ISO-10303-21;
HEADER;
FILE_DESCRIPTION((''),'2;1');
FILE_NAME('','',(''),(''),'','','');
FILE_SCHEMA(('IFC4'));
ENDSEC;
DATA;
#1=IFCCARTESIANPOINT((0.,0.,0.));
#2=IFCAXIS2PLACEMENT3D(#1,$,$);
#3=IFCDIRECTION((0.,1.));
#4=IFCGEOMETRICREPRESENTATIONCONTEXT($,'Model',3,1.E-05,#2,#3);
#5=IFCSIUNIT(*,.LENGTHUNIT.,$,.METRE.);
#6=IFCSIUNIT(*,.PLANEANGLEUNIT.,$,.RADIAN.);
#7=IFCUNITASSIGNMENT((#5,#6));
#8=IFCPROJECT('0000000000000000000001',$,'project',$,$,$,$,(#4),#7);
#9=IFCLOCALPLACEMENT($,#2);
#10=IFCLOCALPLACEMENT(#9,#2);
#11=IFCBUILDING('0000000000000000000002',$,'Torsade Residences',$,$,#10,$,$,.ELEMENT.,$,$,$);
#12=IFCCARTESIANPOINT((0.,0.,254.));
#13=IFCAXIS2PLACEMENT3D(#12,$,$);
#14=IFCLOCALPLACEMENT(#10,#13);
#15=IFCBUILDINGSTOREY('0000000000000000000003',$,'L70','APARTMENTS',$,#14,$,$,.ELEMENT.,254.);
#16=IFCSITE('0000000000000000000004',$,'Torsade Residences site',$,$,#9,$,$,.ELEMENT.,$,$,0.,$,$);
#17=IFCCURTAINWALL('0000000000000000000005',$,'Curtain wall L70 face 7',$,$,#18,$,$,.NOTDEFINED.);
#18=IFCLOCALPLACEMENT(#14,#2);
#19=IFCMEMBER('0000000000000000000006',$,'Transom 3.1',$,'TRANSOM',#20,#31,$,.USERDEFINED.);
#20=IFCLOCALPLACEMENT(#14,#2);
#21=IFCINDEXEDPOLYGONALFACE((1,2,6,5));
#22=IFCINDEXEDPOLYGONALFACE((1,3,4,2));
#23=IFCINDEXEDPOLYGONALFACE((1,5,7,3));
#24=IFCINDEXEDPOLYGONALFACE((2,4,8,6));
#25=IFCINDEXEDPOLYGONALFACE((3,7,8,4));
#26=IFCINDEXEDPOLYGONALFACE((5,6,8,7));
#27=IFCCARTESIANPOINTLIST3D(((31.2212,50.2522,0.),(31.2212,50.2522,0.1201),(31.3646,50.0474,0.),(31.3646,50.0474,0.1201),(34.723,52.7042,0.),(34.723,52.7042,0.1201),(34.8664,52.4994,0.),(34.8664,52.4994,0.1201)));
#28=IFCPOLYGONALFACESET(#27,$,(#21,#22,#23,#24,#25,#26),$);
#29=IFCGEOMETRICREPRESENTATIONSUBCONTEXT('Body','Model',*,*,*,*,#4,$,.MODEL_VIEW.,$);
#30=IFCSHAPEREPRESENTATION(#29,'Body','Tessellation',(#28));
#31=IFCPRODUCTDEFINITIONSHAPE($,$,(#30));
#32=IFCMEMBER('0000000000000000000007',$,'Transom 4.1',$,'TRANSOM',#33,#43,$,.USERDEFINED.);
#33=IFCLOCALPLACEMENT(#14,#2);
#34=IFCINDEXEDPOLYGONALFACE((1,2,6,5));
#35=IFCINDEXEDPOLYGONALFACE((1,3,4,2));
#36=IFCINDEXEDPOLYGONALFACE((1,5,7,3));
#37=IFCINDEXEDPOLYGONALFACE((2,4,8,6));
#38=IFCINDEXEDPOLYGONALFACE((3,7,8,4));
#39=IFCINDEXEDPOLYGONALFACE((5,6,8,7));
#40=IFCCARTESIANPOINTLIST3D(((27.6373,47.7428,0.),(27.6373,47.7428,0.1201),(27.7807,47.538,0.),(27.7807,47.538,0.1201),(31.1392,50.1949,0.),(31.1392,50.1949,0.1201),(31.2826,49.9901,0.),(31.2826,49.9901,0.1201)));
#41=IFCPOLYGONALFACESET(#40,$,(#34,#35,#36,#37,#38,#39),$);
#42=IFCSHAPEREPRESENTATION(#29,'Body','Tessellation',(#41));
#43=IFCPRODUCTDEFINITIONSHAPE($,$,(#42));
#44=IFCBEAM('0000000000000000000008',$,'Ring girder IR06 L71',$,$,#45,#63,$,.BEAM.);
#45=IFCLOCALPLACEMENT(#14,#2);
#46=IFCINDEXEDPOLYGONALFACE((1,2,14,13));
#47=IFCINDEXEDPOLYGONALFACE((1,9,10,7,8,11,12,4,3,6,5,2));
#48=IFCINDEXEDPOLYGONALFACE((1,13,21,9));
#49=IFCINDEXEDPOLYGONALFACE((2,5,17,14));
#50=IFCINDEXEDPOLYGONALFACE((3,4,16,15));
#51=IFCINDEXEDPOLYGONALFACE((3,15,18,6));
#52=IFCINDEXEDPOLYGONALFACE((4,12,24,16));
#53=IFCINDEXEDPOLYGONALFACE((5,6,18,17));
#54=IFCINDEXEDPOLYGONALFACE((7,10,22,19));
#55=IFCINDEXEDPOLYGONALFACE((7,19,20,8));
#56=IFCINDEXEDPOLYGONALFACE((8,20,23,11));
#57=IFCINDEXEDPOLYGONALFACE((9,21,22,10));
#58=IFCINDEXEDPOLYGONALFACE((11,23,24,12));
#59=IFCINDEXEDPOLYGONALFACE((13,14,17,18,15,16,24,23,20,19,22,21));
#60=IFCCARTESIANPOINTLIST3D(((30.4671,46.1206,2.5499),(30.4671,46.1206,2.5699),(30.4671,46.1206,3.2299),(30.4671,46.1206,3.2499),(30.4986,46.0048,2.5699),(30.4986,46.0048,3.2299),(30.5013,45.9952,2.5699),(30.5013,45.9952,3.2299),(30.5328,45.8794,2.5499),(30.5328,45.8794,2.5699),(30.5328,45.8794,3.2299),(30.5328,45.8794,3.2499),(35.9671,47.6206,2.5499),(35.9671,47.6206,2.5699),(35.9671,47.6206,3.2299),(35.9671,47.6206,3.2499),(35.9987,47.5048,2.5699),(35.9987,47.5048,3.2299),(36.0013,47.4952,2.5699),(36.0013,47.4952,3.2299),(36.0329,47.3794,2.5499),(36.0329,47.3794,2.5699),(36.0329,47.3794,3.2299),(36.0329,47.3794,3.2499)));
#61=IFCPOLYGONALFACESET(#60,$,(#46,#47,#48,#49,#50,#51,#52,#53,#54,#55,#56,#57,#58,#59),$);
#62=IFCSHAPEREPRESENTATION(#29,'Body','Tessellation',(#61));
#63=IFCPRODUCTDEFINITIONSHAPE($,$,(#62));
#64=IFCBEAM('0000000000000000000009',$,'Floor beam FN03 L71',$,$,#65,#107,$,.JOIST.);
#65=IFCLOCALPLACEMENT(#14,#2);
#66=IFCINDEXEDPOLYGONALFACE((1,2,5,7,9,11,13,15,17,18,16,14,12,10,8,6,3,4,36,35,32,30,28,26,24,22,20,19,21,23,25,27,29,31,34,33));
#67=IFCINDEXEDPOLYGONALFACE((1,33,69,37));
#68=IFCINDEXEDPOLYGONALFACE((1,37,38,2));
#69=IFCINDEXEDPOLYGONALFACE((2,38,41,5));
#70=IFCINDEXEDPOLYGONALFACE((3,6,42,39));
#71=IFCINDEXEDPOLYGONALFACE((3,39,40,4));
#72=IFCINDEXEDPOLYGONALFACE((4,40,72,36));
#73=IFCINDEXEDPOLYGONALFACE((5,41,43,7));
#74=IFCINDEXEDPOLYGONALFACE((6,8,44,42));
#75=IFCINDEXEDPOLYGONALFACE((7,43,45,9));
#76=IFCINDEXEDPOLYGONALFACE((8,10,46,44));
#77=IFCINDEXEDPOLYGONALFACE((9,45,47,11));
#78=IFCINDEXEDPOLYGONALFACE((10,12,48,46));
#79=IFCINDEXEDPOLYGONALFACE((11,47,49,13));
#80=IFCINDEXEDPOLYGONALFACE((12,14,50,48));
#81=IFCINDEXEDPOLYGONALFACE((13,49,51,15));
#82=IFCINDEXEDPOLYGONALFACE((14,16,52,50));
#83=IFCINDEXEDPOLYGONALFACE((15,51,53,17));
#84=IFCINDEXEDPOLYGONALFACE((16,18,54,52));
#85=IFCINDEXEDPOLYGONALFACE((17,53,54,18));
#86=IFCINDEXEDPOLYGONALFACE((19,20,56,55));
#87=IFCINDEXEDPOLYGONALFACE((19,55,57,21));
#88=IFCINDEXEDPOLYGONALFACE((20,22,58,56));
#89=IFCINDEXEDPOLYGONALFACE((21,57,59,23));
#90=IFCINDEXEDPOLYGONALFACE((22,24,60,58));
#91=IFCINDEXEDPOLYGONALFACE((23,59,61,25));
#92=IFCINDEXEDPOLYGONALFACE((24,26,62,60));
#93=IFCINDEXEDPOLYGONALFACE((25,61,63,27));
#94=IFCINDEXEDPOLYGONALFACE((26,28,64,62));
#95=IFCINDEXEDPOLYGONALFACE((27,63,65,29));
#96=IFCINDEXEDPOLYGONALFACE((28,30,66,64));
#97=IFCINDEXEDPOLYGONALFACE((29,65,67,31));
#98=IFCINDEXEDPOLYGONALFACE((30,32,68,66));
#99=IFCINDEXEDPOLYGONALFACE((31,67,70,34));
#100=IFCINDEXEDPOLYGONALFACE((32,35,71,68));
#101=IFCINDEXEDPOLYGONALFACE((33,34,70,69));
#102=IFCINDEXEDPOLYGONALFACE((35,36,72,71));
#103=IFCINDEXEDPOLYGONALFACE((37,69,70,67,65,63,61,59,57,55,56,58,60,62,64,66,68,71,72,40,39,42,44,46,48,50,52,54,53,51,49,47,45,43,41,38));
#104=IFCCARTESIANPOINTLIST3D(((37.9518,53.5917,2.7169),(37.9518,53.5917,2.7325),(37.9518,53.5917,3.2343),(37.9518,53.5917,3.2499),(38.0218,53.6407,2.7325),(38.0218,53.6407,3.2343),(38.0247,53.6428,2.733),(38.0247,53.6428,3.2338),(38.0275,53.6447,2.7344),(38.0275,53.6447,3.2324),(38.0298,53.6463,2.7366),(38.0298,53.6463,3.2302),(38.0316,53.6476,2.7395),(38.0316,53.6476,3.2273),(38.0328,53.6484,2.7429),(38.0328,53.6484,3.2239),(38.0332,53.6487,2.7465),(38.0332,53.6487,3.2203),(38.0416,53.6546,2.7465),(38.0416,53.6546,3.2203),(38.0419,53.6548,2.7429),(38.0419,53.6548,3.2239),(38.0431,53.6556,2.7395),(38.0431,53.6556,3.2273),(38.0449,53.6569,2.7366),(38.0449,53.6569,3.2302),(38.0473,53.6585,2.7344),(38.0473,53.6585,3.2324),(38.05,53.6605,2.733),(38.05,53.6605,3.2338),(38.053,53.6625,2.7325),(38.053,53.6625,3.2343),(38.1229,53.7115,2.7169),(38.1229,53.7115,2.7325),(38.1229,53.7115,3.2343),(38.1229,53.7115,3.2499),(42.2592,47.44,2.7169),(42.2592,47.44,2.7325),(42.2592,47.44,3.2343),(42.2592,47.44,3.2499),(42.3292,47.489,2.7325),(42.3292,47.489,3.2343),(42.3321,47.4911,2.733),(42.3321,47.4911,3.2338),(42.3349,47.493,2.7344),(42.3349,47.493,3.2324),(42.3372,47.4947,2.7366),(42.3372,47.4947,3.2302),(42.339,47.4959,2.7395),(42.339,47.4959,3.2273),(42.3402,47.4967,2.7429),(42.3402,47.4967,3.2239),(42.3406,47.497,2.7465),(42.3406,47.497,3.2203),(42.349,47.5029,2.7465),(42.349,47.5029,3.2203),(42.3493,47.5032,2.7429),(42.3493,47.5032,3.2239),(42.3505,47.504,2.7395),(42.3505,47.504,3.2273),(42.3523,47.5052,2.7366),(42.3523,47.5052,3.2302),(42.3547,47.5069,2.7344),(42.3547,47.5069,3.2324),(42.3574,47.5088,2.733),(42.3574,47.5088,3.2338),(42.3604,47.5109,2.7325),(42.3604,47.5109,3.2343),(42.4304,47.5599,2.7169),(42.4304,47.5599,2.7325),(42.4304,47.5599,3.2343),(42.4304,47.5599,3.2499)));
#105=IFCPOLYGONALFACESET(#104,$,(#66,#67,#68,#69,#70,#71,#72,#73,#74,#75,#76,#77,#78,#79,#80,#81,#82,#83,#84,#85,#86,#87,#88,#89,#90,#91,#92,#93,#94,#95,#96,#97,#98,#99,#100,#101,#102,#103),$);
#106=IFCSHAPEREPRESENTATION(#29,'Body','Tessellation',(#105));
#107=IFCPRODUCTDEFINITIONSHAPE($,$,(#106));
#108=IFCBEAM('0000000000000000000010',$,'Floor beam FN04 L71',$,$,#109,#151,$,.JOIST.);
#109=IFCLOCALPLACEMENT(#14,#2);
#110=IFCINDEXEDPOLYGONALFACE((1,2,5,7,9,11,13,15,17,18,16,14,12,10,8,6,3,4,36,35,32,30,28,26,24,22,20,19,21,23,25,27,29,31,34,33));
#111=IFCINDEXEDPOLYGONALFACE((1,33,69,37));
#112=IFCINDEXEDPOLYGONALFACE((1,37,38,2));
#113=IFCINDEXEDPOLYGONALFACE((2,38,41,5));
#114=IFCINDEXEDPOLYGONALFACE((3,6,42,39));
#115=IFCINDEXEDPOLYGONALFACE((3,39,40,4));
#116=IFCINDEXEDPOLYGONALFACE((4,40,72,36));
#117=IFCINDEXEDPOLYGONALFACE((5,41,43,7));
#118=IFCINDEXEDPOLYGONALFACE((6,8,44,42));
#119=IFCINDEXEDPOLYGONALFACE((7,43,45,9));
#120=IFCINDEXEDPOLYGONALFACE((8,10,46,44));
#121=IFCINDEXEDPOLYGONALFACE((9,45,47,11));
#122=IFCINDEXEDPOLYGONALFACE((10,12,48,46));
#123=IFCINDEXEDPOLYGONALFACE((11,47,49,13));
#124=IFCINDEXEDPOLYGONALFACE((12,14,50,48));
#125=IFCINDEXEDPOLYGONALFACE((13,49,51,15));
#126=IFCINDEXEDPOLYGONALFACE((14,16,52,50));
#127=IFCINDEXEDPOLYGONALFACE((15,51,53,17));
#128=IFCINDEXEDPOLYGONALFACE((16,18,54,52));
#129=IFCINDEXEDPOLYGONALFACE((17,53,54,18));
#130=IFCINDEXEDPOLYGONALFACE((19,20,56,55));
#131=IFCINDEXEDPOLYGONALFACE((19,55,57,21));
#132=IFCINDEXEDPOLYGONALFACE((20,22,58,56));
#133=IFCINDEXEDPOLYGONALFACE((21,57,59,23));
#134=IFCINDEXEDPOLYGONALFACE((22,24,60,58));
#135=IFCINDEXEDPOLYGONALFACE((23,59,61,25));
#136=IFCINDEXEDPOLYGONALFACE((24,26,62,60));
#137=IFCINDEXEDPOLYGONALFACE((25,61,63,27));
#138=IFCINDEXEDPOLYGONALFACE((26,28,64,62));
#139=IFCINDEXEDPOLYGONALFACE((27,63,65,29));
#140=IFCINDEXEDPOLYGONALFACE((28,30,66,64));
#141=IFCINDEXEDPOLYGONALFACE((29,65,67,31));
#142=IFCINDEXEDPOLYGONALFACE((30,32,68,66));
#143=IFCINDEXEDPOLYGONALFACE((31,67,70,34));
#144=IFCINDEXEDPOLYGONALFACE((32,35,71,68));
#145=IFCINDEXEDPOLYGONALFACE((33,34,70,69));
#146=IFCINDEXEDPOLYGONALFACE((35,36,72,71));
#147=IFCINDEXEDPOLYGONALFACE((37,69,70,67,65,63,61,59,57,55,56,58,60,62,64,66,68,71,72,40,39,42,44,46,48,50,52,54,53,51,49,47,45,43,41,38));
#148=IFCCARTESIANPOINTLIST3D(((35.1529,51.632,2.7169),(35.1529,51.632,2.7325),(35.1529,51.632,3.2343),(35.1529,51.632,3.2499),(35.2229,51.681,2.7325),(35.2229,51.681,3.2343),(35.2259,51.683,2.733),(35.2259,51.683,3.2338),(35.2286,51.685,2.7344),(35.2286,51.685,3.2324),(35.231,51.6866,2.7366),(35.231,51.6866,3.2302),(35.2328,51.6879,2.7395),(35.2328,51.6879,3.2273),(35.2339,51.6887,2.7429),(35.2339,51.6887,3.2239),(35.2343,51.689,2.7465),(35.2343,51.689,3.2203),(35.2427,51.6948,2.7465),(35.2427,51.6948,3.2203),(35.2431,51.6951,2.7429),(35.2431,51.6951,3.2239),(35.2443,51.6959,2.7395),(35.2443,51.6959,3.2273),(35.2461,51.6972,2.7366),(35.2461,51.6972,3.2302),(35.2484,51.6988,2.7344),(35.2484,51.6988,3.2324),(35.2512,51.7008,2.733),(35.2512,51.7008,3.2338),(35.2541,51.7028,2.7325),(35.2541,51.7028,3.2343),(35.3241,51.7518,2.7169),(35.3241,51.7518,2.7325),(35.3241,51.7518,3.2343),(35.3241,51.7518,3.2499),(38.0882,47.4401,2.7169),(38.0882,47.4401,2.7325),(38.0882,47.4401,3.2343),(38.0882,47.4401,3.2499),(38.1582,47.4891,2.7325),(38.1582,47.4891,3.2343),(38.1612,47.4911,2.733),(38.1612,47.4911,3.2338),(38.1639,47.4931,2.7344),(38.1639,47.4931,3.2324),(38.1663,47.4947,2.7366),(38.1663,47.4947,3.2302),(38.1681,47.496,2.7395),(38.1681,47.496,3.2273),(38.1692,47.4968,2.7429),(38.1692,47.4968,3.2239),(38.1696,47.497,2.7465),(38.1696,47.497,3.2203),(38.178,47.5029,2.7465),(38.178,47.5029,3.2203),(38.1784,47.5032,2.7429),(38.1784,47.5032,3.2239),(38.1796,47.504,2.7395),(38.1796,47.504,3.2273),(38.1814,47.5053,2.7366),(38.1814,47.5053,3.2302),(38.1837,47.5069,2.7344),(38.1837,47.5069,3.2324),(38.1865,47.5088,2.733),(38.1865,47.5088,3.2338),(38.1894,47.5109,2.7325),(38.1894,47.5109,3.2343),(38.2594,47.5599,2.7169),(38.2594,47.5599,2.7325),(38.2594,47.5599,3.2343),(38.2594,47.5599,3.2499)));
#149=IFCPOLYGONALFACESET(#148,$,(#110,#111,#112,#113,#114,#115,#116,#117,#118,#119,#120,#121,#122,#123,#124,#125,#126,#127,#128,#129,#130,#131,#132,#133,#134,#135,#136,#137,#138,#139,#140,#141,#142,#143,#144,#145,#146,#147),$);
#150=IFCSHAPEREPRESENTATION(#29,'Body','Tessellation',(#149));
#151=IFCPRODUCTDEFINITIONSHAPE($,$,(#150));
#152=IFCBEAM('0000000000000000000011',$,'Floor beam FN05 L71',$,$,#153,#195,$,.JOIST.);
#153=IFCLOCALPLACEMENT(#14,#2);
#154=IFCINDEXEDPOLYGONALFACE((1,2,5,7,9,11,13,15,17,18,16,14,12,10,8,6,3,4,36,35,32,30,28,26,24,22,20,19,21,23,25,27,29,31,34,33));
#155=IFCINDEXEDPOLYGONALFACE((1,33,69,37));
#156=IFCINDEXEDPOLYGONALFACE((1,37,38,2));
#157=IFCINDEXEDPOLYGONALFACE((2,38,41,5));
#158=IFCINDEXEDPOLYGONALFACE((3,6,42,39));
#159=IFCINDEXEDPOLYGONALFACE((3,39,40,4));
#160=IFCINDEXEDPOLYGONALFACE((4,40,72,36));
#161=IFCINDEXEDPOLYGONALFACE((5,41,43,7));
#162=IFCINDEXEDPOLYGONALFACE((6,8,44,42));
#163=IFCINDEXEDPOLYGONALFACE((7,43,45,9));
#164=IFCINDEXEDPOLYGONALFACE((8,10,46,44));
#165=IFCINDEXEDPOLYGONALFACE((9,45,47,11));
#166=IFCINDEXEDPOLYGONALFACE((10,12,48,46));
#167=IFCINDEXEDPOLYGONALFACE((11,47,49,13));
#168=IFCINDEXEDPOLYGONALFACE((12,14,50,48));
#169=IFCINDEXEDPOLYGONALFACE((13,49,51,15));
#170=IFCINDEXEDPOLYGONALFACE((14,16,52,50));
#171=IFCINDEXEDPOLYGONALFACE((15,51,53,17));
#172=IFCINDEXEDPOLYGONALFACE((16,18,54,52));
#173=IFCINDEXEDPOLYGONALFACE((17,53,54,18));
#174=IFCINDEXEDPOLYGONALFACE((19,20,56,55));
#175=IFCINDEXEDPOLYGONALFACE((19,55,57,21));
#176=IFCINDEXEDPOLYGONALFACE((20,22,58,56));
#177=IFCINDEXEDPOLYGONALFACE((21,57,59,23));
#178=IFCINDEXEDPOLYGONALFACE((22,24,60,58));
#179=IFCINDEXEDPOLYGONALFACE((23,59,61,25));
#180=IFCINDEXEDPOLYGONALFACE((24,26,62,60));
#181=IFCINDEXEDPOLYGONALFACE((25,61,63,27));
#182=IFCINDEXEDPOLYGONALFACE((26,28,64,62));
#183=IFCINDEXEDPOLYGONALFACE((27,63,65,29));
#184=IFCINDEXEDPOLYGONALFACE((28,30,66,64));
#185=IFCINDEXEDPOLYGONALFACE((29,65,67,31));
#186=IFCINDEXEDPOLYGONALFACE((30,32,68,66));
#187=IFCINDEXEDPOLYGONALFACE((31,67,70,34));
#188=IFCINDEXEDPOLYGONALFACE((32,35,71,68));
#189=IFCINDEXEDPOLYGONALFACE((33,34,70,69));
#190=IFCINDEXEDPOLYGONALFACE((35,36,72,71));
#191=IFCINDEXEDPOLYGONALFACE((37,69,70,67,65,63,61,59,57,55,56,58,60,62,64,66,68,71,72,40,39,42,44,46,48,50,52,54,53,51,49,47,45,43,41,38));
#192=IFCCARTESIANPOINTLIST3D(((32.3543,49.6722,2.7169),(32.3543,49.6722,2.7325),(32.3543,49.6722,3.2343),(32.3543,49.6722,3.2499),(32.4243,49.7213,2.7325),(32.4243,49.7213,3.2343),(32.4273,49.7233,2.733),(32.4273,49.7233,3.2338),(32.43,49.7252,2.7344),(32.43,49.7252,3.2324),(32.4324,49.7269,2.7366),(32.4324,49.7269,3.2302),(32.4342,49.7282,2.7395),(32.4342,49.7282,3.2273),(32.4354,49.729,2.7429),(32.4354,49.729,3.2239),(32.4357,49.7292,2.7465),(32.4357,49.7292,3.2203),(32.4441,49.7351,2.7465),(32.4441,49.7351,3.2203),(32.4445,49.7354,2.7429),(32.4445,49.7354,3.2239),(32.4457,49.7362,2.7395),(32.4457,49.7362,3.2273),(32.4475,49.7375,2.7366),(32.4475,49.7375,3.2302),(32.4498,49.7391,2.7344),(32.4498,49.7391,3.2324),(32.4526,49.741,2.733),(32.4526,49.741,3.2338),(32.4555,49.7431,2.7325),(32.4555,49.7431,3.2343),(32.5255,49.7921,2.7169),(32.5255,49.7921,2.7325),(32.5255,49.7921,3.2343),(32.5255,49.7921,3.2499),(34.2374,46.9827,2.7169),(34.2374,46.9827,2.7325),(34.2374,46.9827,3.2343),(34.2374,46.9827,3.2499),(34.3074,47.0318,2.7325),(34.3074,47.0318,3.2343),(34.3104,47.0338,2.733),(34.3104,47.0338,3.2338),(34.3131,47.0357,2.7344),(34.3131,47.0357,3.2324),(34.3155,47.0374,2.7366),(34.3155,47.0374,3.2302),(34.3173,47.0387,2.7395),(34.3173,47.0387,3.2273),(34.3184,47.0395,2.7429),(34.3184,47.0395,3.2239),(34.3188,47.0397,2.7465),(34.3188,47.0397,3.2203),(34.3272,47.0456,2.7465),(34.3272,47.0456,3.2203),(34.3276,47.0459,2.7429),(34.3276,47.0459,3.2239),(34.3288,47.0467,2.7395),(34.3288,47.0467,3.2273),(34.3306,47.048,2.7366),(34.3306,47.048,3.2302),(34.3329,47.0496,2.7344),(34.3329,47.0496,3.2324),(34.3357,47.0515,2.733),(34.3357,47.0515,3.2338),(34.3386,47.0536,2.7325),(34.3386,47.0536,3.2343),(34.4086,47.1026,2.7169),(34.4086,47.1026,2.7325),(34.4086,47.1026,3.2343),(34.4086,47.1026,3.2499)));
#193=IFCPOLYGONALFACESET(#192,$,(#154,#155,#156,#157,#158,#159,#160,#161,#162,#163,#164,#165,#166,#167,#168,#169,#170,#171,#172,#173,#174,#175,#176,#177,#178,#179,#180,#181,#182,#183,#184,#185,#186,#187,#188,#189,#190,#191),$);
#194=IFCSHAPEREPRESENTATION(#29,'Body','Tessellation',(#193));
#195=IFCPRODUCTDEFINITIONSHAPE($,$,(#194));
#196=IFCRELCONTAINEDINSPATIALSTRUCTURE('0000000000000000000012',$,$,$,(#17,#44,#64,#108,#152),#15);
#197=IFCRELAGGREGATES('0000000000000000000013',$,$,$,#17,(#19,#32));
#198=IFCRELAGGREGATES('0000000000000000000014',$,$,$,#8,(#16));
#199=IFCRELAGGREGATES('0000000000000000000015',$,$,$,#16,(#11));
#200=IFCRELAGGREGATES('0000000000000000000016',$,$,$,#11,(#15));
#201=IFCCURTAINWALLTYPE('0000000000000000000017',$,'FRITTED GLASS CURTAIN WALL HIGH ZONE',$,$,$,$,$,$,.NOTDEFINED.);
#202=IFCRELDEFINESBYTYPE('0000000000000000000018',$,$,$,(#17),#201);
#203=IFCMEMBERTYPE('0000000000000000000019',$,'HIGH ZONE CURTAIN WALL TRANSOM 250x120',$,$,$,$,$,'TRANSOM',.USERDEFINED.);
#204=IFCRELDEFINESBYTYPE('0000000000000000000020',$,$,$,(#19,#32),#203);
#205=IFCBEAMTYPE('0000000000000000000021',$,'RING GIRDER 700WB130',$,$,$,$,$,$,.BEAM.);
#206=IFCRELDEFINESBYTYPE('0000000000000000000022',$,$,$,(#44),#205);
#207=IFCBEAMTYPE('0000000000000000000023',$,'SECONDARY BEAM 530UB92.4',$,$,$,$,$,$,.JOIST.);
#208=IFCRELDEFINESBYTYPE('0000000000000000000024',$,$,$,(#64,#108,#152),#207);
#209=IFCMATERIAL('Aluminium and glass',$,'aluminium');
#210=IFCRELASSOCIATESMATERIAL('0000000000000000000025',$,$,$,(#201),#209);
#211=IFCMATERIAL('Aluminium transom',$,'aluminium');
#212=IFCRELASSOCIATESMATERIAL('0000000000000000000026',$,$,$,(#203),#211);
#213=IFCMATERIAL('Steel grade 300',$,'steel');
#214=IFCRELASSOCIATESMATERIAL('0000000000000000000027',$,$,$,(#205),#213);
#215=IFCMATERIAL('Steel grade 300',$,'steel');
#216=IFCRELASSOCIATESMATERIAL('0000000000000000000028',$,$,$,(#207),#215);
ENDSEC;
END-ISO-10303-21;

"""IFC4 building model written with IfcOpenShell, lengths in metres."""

from ifc_helpers import new_model, si_unit, direction, frame, origin, origin_2d, place, context, subcontext, project, spatial, rectangle, i_section, extrude, material, material_profile, profile_set, type_object, element, aggregate, save


model = new_model("IFC4")

# Units and contexts
model_context = context("Model", 3, precision=1e-05, world=origin(), true_north=direction((0.0, 1.0)))
body_context = subcontext(model_context, "Body", "Model", "MODEL_VIEW")
ifc_project = project(units=[si_unit("LENGTHUNIT", "METRE"), si_unit("PLANEANGLEUNIT", "RADIAN")], contexts=[model_context])

# Site, building, storey
site_placement = place(None, origin())
site = spatial("IfcSite", under=ifc_project, at=site_placement, Name="Torsade Residences site", CompositionType="ELEMENT", RefElevation=0.0)
building_placement = place(site_placement, origin())
building = spatial("IfcBuilding", under=site, at=building_placement, Name="Torsade Residences", CompositionType="ELEMENT")
storey_placement = place(building_placement, frame((0.0, 0.0, 254.0)))
storey = spatial("IfcBuildingStorey", under=building, at=storey_placement, Name="L70", Description="APARTMENTS", CompositionType="ELEMENT", Elevation=254.0)

# Curtain wall, members
ifc_material_1 = material(Name="Aluminium and glass", Category="aluminium")
curtain_wall_type = type_object("IfcCurtainWallType", Name="FRITTED GLASS CURTAIN WALL HIGH ZONE", PredefinedType="NOTDEFINED", material=ifc_material_1)
curtain_wall_placement = place(storey_placement, origin())
curtain_wall = element("IfcCurtainWall", 1, at=curtain_wall_placement, inside=storey, type_object=curtain_wall_type, Name="Curtain wall L70 face 7", PredefinedType="NOTDEFINED")
ifc_material_2 = material(Name="Aluminium transom", Category="aluminium")
ifc_material_profile_1 = material_profile(ifc_material_2, rectangle(XDim=0.25, YDim=0.1201, at=origin_2d()), Name="HIGH ZONE CURTAIN WALL TRANSOM 250x120")
ifc_profile_set_1 = profile_set([ifc_material_profile_1], Name="Aluminium transom")
member_type_1 = type_object("IfcMemberType", Name="HIGH ZONE CURTAIN WALL TRANSOM 250x120", ElementType="TRANSOM", PredefinedType="USERDEFINED", material=ifc_profile_set_1)
member_1_placement = place(storey_placement, frame((34.7947, 52.6018, 0.0601), z_axis=(-0.819154, -0.573573, 0.0), x_axis=(0.573573, -0.819154, 0.0)))
member_1 = element("IfcMember", 2, at=member_1_placement, type_object=member_type_1, Name="Transom 3.1", ObjectType="TRANSOM", PredefinedType="USERDEFINED", context=body_context, shape_type="SweptSolid", body=[
    extrude(rectangle(XDim=0.25, YDim=0.1201, at=origin_2d()), origin(), (0.0, 0.0, 1.0), 4.2749),
])
member_2_placement = place(storey_placement, frame((31.2109, 50.0925, 0.0601), z_axis=(-0.819146, -0.573585, 0.0), x_axis=(0.573585, -0.819146, 0.0)))
member_2 = element("IfcMember", 3, at=member_2_placement, type_object=member_type_1, Name="Transom 4.1", ObjectType="TRANSOM", PredefinedType="USERDEFINED", context=body_context, shape_type="SweptSolid", body=[
    extrude(rectangle(XDim=0.25, YDim=0.1201, at=origin_2d()), origin(), (0.0, 0.0, 1.0), 4.2751),
])

# Beams
ifc_material_3 = material(Name="Steel grade 300", Category="steel")
ifc_material_profile_2 = material_profile(ifc_material_3, i_section(OverallWidth=0.25, OverallDepth=0.7, WebThickness=0.01, FlangeThickness=0.02, at=origin_2d()), Name="700WB130")
ifc_profile_set_2 = profile_set([ifc_material_profile_2], Name="Steel grade 300")
beam_type_1 = type_object("IfcBeamType", Name="RING GIRDER 700WB130", PredefinedType="BEAM", material=ifc_profile_set_2)
beam_1_placement = place(storey_placement, frame((36.0, 47.5, 2.8999), z_axis=(-0.964764, -0.263117, 0.0), x_axis=(0.263117, -0.964764, 0.0)))
element("IfcBeam", 4, at=beam_1_placement, inside=storey, type_object=beam_type_1, Name="Ring girder IR06 L71", PredefinedType="BEAM", context=body_context, shape_type="SweptSolid", body=[
    extrude(i_section(OverallWidth=0.25, OverallDepth=0.7, WebThickness=0.01, FlangeThickness=0.02, at=origin_2d()), origin(), (0.0, 0.0, 1.0), 5.7009),
])
ifc_material_4 = material(Name="Steel grade 300", Category="steel")
ifc_material_profile_3 = material_profile(ifc_material_4, i_section(OverallWidth=0.209, OverallDepth=0.533, WebThickness=0.0103, FlangeThickness=0.0156, FilletRadius=0.0139, at=origin_2d()), Name="530UB92.4")
ifc_profile_set_3 = profile_set([ifc_material_profile_3], Name="Steel grade 300")
beam_type_2 = type_object("IfcBeamType", Name="SECONDARY BEAM 530UB92.4", PredefinedType="JOIST", material=ifc_profile_set_3)
beam_2_placement = place(storey_placement, frame((38.0374, 53.6516, 2.9834), z_axis=(0.573574, -0.819154, 0.0), x_axis=(0.819154, 0.573574, 0.0)))
element("IfcBeam", 5, at=beam_2_placement, inside=storey, type_object=beam_type_2, Name="Floor beam FN03 L71", PredefinedType="JOIST", context=body_context, shape_type="SweptSolid", body=[
    extrude(i_section(OverallWidth=0.209, OverallDepth=0.533, WebThickness=0.0103, FlangeThickness=0.0156, FilletRadius=0.0139, at=origin_2d()), origin(), (0.0, 0.0, 1.0), 7.5098),
])
beam_3_placement = place(storey_placement, frame((35.2385, 51.6919, 2.9834), z_axis=(0.57359, -0.819142, 0.0), x_axis=(0.819142, 0.57359, 0.0)))
element("IfcBeam", 6, at=beam_3_placement, inside=storey, type_object=beam_type_2, Name="Floor beam FN04 L71", PredefinedType="JOIST", context=body_context, shape_type="SweptSolid", body=[
    extrude(i_section(OverallWidth=0.209, OverallDepth=0.533, WebThickness=0.0103, FlangeThickness=0.0156, FilletRadius=0.0139, at=origin_2d()), origin(), (0.0, 0.0, 1.0), 5.1174),
])
beam_4_placement = place(storey_placement, frame((32.4399, 49.7322, 2.9834), z_axis=(0.573552, -0.819169, 0.0), x_axis=(0.819169, 0.573552, 0.0)))
element("IfcBeam", 7, at=beam_4_placement, inside=storey, type_object=beam_type_2, Name="Floor beam FN05 L71", PredefinedType="JOIST", context=body_context, shape_type="SweptSolid", body=[
    extrude(i_section(OverallWidth=0.209, OverallDepth=0.533, WebThickness=0.0103, FlangeThickness=0.0156, FilletRadius=0.0139, at=origin_2d()), origin(), (0.0, 0.0, 1.0), 3.2832),
])

aggregate(curtain_wall, [member_1, member_2])

save(model, "model.ifc")
